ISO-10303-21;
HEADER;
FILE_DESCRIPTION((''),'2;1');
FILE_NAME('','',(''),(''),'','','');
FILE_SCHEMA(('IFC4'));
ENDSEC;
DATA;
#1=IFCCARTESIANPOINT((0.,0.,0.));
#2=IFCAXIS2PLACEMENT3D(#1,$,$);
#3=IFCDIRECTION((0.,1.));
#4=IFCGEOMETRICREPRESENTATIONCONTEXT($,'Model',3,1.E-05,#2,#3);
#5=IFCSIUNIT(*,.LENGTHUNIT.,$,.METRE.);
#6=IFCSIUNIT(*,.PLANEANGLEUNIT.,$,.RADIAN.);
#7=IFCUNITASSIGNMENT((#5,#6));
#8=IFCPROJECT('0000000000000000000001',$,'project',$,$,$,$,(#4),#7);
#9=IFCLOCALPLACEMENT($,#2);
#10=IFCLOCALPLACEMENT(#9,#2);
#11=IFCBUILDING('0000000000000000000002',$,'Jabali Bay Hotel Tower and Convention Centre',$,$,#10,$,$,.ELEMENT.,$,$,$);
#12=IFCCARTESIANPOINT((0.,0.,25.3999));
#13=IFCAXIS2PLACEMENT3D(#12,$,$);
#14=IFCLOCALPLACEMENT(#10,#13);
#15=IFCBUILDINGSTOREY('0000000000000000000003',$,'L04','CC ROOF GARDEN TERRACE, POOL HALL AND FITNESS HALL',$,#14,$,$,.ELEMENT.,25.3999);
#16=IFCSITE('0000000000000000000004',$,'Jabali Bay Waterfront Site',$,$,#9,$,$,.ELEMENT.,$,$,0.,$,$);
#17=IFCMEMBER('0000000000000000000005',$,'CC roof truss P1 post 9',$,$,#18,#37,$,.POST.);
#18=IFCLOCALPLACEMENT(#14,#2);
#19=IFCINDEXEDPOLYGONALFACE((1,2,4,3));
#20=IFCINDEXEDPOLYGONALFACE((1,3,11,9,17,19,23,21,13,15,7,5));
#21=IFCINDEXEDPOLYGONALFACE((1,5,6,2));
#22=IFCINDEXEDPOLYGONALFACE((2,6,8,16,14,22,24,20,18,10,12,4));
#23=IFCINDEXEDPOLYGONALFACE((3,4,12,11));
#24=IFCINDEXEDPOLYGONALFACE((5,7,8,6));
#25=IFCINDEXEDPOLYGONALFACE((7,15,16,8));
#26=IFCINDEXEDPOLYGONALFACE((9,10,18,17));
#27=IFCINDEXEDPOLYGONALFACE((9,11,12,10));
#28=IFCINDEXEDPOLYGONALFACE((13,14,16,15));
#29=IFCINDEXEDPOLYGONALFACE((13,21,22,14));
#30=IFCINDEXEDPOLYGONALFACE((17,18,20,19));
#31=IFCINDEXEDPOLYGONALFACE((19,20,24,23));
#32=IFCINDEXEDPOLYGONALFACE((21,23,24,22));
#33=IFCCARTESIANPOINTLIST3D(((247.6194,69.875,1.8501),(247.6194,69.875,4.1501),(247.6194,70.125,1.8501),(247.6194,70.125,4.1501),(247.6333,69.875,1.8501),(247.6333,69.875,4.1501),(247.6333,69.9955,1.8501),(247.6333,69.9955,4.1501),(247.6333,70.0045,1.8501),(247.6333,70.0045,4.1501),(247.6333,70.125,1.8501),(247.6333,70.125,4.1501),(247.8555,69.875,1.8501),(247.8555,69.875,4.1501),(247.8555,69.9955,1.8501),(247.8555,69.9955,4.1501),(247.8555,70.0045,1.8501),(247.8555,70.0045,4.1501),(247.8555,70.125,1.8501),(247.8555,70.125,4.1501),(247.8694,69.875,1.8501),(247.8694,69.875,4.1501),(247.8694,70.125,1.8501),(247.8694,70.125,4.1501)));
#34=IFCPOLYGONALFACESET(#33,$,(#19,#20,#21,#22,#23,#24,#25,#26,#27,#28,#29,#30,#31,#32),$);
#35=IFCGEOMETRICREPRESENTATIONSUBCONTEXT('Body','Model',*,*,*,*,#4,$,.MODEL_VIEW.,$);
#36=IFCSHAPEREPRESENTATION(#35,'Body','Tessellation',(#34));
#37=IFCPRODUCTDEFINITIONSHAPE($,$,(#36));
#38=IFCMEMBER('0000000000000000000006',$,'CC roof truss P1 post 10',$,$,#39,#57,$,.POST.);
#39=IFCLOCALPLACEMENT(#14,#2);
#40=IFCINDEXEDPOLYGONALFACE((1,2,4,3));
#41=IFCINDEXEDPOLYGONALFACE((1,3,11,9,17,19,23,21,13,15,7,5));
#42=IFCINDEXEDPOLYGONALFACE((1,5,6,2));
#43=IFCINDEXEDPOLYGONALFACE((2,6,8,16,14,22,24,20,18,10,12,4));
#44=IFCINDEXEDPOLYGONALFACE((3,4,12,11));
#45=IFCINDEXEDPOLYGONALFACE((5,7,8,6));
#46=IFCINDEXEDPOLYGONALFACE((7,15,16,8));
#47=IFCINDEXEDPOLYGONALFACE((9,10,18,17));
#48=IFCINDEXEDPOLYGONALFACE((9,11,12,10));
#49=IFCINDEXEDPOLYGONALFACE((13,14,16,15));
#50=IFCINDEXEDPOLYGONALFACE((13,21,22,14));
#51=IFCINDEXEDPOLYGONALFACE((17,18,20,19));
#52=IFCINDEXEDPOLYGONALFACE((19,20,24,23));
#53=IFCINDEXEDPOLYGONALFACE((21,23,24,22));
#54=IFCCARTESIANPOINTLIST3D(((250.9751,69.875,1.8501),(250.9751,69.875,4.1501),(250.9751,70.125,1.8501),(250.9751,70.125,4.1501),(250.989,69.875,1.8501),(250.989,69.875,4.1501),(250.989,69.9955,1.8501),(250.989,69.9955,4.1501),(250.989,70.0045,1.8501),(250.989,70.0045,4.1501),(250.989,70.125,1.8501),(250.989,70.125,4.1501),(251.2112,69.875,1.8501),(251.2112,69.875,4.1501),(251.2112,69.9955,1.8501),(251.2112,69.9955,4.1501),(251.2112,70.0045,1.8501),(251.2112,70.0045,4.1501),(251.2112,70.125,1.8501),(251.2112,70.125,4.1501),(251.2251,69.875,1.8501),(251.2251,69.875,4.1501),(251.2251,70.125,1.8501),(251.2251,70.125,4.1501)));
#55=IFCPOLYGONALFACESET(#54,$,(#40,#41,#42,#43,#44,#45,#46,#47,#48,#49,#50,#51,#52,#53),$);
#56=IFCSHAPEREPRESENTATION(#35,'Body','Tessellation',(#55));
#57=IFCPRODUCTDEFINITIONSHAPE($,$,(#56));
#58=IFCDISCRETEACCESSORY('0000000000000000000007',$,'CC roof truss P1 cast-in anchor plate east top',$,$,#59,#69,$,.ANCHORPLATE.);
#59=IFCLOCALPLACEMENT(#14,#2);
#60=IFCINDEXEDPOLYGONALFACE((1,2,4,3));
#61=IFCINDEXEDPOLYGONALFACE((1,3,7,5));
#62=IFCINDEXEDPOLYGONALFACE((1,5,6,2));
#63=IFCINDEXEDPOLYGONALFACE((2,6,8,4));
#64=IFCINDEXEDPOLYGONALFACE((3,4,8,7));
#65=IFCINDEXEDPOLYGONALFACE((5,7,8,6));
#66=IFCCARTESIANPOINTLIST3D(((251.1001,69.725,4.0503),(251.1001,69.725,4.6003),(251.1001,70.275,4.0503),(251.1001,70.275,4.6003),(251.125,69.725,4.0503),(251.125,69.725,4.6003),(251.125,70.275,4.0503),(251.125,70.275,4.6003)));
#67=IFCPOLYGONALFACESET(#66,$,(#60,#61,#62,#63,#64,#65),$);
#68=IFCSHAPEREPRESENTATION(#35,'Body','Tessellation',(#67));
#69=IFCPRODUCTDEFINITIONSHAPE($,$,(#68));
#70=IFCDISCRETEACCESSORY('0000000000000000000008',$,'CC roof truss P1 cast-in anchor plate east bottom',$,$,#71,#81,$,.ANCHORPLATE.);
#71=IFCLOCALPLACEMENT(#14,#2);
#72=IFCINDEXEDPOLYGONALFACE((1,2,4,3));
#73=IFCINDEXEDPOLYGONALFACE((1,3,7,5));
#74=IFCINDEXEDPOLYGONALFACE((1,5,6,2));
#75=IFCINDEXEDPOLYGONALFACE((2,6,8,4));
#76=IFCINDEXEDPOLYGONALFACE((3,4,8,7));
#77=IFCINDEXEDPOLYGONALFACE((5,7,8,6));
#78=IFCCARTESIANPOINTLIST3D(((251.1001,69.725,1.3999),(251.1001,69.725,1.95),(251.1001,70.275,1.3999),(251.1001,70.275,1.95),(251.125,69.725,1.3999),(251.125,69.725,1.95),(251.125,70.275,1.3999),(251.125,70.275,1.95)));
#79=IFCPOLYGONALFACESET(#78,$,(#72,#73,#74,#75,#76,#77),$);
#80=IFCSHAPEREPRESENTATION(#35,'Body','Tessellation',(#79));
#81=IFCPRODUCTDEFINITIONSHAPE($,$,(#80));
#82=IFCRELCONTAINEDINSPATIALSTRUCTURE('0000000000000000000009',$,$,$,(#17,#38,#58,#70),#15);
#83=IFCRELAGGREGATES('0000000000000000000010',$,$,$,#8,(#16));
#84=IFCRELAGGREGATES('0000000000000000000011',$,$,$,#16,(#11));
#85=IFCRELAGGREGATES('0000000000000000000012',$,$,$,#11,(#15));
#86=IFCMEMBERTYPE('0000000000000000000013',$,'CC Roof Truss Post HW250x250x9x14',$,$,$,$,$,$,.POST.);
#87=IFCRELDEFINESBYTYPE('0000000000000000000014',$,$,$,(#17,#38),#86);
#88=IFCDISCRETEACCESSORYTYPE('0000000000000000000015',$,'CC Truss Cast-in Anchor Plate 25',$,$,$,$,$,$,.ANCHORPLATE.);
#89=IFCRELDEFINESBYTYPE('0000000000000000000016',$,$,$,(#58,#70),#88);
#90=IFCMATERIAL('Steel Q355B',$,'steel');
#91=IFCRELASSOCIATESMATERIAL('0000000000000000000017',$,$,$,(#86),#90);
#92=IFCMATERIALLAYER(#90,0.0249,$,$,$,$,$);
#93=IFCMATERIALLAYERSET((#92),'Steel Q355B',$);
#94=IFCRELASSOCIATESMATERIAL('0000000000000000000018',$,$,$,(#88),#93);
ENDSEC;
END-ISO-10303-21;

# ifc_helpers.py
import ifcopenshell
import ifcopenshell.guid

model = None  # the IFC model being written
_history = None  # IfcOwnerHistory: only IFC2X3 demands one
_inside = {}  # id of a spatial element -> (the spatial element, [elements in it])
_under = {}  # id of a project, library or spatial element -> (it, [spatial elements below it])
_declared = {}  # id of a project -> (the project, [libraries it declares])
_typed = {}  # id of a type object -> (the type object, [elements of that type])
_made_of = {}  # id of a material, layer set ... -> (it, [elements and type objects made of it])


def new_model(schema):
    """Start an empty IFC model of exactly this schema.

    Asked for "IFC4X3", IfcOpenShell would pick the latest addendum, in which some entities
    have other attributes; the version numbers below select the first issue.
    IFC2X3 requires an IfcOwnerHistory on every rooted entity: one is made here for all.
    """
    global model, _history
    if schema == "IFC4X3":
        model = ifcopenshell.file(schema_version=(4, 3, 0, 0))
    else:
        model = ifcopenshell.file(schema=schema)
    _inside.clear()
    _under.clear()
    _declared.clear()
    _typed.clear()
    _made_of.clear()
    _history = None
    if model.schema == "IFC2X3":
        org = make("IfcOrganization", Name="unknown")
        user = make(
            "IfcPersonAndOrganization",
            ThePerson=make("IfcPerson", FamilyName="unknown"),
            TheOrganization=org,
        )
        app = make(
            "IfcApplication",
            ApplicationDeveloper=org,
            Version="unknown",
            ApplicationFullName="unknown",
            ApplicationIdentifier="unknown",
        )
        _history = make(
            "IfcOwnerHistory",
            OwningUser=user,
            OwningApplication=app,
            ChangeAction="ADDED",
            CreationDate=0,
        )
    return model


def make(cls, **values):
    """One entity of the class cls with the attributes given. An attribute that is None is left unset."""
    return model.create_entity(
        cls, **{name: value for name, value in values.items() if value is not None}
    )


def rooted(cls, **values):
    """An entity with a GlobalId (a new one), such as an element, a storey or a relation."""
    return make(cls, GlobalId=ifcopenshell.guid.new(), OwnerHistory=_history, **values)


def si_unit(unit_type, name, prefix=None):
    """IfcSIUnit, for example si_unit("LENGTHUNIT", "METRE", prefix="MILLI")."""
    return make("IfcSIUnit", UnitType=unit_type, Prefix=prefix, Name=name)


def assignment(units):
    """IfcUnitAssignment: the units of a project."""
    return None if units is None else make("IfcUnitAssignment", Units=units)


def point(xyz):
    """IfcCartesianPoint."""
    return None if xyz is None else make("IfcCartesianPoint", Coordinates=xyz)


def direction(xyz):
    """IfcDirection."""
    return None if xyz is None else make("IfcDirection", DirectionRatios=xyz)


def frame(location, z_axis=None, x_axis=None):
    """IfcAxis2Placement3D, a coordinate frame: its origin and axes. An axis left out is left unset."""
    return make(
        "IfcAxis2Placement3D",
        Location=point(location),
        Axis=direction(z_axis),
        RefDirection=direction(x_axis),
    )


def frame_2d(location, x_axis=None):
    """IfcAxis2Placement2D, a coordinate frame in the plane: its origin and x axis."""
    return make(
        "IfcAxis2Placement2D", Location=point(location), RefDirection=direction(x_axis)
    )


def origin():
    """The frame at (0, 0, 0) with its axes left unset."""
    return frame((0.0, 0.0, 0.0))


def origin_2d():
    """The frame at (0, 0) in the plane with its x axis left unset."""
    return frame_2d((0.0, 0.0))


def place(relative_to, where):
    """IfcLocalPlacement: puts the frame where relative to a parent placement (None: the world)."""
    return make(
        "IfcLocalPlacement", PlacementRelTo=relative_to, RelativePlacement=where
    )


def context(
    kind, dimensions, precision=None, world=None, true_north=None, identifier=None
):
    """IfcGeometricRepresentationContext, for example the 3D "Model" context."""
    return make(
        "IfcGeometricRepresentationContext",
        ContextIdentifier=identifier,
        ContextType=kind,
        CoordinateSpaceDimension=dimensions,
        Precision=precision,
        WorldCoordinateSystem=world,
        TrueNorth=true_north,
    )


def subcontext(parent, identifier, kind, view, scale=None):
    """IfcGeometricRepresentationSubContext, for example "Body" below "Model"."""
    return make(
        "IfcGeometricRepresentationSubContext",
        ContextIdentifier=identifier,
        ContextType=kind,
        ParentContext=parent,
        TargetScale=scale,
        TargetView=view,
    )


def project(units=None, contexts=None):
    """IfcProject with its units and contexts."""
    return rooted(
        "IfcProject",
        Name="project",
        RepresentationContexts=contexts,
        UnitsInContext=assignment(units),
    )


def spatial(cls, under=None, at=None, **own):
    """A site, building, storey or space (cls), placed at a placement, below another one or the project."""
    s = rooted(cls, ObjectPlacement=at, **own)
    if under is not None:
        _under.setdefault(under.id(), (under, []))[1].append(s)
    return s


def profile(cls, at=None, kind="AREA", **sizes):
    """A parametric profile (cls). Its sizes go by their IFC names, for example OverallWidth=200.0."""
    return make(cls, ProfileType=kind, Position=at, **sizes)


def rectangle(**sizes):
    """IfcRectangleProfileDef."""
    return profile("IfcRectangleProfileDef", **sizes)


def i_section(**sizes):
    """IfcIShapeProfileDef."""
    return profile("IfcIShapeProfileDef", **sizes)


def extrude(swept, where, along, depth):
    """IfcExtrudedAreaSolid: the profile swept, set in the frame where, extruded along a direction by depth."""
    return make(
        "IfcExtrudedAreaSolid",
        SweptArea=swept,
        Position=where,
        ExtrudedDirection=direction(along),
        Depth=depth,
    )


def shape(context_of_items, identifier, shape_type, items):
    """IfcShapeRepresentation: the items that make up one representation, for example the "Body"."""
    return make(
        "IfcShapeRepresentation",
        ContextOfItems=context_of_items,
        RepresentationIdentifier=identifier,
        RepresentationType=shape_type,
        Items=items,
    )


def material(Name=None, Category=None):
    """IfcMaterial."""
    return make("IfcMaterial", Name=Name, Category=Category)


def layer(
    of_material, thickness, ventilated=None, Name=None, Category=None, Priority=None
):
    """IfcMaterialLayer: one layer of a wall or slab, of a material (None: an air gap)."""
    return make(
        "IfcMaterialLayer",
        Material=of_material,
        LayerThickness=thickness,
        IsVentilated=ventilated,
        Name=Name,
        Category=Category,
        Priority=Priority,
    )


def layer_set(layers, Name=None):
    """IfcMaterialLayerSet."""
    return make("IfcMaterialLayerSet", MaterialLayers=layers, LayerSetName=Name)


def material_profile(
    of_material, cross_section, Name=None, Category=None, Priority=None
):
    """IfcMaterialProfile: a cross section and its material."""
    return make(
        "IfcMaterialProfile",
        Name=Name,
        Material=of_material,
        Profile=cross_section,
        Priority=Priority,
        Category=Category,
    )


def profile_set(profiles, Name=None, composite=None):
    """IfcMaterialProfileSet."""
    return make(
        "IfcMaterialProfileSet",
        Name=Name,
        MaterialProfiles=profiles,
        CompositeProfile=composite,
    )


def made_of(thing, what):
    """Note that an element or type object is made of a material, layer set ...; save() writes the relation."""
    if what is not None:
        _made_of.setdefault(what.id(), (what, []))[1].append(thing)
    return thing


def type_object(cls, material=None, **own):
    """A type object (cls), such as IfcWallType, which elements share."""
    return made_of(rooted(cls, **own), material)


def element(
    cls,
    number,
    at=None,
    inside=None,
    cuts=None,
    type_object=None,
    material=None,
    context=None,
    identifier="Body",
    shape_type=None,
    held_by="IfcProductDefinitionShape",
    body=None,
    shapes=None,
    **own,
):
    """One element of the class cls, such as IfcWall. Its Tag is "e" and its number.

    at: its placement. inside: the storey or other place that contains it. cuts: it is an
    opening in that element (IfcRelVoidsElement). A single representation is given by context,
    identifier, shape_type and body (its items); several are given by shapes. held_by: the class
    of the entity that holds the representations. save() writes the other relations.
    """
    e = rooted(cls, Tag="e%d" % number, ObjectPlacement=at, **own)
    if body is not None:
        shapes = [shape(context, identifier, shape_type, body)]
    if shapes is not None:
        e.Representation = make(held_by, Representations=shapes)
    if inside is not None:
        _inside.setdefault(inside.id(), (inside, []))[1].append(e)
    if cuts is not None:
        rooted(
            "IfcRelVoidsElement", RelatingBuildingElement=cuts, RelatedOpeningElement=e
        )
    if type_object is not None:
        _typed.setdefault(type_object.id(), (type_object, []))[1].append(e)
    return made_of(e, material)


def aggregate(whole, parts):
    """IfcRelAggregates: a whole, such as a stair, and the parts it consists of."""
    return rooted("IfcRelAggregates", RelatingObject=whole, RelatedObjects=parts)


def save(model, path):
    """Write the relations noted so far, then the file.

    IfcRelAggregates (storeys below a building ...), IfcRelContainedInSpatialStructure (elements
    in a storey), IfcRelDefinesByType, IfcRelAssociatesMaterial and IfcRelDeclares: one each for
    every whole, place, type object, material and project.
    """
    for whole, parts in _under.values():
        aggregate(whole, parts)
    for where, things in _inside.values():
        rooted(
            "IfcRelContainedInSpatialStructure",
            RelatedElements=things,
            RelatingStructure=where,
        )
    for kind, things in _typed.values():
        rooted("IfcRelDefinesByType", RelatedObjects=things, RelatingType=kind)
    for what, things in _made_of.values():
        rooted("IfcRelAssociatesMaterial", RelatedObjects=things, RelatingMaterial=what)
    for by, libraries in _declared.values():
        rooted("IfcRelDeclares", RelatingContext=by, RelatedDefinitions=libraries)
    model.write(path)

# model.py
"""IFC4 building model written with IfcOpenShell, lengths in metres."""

from ifc_helpers import new_model, si_unit, direction, frame, origin, origin_2d, place, context, subcontext, project, spatial, rectangle, i_section, extrude, material, layer, layer_set, material_profile, profile_set, type_object, element, save


model = new_model("IFC4")

# Units and contexts
model_context = context("Model", 3, precision=1e-05, world=origin(), true_north=direction((0.0, 1.0)))
body_context = subcontext(model_context, "Body", "Model", "MODEL_VIEW")
ifc_project = project(units=[si_unit("LENGTHUNIT", "METRE"), si_unit("PLANEANGLEUNIT", "RADIAN")], contexts=[model_context])

# Site, building, storey
site_placement = place(None, origin())
site = spatial("IfcSite", under=ifc_project, at=site_placement, Name="Jabali Bay Waterfront Site", CompositionType="ELEMENT", RefElevation=0.0)
building_placement = place(site_placement, origin())
building = spatial("IfcBuilding", under=site, at=building_placement, Name="Jabali Bay Hotel Tower and Convention Centre", CompositionType="ELEMENT")
storey_placement = place(building_placement, frame((0.0, 0.0, 25.3999)))
storey = spatial("IfcBuildingStorey", under=building, at=storey_placement, Name="L04", Description="CC ROOF GARDEN TERRACE, POOL HALL AND FITNESS HALL", CompositionType="ELEMENT", Elevation=25.3999)

# Members
ifc_material = material(Name="Steel Q355B", Category="steel")
ifc_material_profile_1 = material_profile(ifc_material, i_section(OverallWidth=0.25, OverallDepth=0.25, WebThickness=0.009, FlangeThickness=0.0139, at=origin_2d()), Name="HW250x250x9x14")
ifc_profile_set_1 = profile_set([ifc_material_profile_1], Name="Steel Q355B")
member_type_1 = type_object("IfcMemberType", Name="CC Roof Truss Post HW250x250x9x14", PredefinedType="POST", material=ifc_profile_set_1)
for number, where, z_axis, x_axis, name in (
    (1, (247.7444, 70.0, 1.8501), (0.0, 0.0, 1.0), (0.0, 1.0, 0.0), "CC roof truss P1 post 9"),
    (2, (251.1001, 70.0, 1.8501), (0.0, 0.0, 1.0), (0.0, 1.0, 0.0), "CC roof truss P1 post 10"),
):
    element("IfcMember", number, at=place(storey_placement, frame(where, z_axis=z_axis, x_axis=x_axis)), inside=storey, type_object=member_type_1, Name=name, PredefinedType="POST", context=body_context, shape_type="SweptSolid", body=[
        extrude(i_section(OverallWidth=0.25, OverallDepth=0.25, WebThickness=0.009, FlangeThickness=0.0139, at=origin_2d()), origin(), (0.0, 0.0, 1.0), 2.3),
    ])

# Discrete accessories
ifc_layer = layer(ifc_material, 0.0249)
ifc_layer_set = layer_set([ifc_layer], Name="Steel Q355B")
discrete_accessory_type = type_object("IfcDiscreteAccessoryType", Name="CC Truss Cast-in Anchor Plate 25", PredefinedType="ANCHORPLATE", material=ifc_layer_set)
for number, where, z_axis, x_axis, name in (
    (3, (251.1125, 70.0, 4.0503), (0.0, 0.0, 1.0), (1.0, 0.0, 0.0), "CC roof truss P1 cast-in anchor plate east top"),
    (4, (251.1125, 70.0, 1.3999), (0.0, 0.0, 1.0), (1.0, 0.0, 0.0), "CC roof truss P1 cast-in anchor plate east bottom"),
):
    element("IfcDiscreteAccessory", number, at=place(storey_placement, frame(where, z_axis=z_axis, x_axis=x_axis)), inside=storey, type_object=discrete_accessory_type, Name=name, PredefinedType="ANCHORPLATE", context=body_context, shape_type="SweptSolid", body=[
        extrude(rectangle(XDim=0.0249, YDim=0.55, at=origin_2d()), origin(), (0.0, 0.0, 1.0), 0.55),
    ])

save(model, "model.ifc")
